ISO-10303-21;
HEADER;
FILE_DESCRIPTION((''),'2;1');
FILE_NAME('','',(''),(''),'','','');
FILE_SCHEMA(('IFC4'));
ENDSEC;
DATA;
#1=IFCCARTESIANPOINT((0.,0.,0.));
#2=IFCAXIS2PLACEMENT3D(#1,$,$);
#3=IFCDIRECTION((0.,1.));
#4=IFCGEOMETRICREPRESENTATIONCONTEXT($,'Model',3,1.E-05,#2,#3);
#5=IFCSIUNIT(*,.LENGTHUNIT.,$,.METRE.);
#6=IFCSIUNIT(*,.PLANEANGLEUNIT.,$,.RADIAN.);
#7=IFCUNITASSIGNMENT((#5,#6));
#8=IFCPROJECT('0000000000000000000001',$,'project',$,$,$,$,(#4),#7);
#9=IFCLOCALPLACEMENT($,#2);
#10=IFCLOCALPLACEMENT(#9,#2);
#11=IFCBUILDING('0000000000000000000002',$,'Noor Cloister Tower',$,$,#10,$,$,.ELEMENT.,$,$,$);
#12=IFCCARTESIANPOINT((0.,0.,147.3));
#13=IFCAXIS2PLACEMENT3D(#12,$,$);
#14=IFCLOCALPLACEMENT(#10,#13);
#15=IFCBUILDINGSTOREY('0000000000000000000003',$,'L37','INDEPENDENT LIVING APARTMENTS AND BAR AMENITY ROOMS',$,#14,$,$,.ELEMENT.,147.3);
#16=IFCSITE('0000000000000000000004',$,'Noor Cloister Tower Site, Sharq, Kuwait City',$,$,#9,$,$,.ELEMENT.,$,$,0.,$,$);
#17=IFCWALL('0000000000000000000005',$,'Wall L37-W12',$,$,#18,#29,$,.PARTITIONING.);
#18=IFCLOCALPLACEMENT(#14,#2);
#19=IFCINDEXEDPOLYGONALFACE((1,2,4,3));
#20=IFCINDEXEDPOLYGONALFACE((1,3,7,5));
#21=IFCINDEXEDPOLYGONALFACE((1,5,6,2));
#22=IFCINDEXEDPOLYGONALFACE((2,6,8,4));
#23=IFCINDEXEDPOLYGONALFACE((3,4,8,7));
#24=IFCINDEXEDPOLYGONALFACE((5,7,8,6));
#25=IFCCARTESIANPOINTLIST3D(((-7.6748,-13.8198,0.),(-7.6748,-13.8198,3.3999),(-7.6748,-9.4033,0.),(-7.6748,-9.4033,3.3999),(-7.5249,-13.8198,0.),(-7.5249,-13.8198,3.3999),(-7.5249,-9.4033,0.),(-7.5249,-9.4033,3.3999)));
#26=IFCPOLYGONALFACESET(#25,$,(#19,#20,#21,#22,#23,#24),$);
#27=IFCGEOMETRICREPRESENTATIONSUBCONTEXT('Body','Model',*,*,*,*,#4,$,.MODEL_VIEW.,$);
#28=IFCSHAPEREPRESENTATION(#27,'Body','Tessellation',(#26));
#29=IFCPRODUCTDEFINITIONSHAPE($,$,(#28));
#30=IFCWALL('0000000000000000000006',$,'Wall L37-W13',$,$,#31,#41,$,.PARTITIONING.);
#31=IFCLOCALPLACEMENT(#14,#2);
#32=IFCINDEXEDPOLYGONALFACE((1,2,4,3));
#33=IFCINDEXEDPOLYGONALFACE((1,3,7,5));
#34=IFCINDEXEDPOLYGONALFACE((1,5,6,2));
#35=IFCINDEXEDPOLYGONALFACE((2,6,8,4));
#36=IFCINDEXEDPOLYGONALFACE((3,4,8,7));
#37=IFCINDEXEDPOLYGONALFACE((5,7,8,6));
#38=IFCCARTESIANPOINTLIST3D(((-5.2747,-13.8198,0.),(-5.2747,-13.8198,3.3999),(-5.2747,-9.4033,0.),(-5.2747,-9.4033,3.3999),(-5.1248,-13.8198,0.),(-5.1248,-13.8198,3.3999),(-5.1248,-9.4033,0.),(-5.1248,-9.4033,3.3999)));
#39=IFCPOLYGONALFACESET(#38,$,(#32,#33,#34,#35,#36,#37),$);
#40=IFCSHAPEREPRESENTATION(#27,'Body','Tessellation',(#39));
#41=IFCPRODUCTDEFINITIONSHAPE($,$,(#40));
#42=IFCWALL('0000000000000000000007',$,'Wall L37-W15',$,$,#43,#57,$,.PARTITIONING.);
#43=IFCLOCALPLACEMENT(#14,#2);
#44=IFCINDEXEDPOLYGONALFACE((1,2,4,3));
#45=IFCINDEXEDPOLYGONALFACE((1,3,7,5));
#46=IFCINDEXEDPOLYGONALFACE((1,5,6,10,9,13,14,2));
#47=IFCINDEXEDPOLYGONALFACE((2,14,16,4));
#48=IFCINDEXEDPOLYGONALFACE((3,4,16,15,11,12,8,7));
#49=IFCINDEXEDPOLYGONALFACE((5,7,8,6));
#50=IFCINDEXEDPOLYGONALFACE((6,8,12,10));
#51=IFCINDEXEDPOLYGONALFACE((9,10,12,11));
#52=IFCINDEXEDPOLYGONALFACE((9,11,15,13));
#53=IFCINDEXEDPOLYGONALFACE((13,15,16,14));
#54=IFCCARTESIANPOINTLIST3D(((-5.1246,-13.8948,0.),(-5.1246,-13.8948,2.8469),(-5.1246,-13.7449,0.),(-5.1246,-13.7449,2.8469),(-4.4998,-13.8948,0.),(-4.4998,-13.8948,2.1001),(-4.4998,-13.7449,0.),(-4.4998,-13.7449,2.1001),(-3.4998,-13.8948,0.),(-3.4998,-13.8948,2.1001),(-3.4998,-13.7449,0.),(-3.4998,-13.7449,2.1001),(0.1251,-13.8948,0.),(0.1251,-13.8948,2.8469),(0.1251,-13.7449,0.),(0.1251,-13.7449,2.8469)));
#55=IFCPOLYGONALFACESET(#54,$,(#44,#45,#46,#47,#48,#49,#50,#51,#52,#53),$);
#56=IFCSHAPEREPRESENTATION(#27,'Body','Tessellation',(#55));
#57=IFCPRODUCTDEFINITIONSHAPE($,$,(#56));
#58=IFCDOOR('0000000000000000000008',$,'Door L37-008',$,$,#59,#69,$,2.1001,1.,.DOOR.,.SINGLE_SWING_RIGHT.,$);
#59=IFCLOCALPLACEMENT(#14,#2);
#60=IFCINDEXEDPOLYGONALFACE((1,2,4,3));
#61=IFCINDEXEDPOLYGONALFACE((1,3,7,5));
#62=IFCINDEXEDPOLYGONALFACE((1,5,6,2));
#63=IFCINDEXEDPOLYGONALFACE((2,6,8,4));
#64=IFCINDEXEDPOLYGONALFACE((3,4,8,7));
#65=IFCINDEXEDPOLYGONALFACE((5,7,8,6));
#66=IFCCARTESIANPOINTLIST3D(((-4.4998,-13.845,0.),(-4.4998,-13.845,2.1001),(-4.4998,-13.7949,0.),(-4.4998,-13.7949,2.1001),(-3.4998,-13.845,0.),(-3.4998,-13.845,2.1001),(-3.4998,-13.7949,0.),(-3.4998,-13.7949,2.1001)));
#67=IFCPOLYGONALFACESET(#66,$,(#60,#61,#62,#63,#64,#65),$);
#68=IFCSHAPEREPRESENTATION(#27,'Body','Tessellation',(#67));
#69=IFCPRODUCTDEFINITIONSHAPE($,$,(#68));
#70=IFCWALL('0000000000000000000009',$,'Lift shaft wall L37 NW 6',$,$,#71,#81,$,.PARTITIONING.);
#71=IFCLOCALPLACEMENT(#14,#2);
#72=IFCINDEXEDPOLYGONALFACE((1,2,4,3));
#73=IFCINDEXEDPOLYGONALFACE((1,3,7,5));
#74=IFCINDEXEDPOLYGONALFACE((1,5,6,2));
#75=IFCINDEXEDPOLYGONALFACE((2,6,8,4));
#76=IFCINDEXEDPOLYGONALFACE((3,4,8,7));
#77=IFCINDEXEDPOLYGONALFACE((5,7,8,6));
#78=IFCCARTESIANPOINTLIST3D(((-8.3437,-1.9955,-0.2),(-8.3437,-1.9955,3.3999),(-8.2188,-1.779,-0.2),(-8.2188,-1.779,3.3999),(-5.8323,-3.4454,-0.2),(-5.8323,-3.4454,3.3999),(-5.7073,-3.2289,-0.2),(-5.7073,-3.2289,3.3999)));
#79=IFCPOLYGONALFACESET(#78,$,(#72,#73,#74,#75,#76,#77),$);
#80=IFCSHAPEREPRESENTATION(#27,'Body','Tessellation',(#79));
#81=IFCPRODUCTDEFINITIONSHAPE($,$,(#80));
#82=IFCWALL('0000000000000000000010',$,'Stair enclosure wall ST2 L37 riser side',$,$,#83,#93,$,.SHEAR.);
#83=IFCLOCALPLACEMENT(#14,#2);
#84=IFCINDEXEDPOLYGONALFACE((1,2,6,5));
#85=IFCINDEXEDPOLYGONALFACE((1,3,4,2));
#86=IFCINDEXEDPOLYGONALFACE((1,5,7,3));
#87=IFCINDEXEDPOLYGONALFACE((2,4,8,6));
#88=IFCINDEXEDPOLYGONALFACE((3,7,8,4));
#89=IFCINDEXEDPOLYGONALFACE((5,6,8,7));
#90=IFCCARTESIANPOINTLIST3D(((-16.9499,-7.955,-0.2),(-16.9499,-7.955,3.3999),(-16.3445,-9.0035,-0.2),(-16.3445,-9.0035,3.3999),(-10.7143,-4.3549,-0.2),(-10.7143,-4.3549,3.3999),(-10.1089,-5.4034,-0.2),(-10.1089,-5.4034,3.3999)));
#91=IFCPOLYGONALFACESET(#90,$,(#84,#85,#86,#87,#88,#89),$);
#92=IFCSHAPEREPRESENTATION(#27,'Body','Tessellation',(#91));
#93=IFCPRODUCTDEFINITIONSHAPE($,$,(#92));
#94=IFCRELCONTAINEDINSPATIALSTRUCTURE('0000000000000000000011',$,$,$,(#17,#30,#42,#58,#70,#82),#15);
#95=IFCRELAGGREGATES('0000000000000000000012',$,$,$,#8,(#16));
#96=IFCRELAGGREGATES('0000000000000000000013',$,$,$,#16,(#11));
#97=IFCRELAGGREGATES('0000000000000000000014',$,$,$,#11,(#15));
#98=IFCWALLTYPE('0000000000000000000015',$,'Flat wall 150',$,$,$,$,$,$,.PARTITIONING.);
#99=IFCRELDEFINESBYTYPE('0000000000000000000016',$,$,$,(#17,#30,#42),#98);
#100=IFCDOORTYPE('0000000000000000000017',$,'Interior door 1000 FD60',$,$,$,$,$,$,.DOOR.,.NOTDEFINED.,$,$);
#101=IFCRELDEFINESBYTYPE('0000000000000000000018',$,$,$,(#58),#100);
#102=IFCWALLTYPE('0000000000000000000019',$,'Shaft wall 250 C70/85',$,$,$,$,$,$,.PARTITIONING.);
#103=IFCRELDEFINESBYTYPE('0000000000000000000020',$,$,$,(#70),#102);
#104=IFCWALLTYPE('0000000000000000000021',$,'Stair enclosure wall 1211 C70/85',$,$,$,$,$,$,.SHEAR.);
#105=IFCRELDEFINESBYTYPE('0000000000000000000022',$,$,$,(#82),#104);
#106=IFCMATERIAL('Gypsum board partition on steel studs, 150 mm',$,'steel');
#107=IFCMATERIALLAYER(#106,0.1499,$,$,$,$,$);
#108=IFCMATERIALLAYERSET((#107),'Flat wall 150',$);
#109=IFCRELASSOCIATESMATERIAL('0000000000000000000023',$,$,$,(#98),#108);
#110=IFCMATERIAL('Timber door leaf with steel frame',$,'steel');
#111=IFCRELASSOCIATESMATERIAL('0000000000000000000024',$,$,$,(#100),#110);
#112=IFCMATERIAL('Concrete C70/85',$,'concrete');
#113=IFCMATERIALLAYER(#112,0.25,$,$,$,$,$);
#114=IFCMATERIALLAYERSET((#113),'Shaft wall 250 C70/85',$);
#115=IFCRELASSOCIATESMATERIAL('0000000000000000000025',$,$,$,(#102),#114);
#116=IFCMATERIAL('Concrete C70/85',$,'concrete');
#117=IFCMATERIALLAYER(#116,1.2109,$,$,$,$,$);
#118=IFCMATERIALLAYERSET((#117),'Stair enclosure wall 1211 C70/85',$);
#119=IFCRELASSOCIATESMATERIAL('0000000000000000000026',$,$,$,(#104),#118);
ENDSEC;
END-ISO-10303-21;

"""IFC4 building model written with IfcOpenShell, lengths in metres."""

from ifc_helpers import new_model, si_unit, direction, frame, frame_2d, origin, place, context, subcontext, project, spatial, rectangle, extrude, material, layer, layer_set, type_object, element, fill, save


model = new_model("IFC4")

# Units and contexts
model_context = context("Model", 3, precision=1e-05, world=origin(), true_north=direction((0.0, 1.0)))
body_context = subcontext(model_context, "Body", "Model", "MODEL_VIEW")
ifc_project = project(units=[si_unit("LENGTHUNIT", "METRE"), si_unit("PLANEANGLEUNIT", "RADIAN")], contexts=[model_context])

# Site, building, storey
site_placement = place(None, origin())
site = spatial("IfcSite", under=ifc_project, at=site_placement, Name="Noor Cloister Tower Site, Sharq, Kuwait City", CompositionType="ELEMENT", RefElevation=0.0)
building_placement = place(site_placement, origin())
building = spatial("IfcBuilding", under=site, at=building_placement, Name="Noor Cloister Tower", CompositionType="ELEMENT")
storey_placement = place(building_placement, frame((0.0, 0.0, 147.3)))
storey = spatial("IfcBuildingStorey", under=building, at=storey_placement, Name="L37", Description="INDEPENDENT LIVING APARTMENTS AND BAR AMENITY ROOMS", CompositionType="ELEMENT", Elevation=147.3)

# Shared definitions
ifc_material_1 = material(Name="Gypsum board partition on steel studs, 150 mm", Category="steel")
ifc_layer_1 = layer(ifc_material_1, 0.1499)
ifc_layer_set_1 = layer_set([ifc_layer_1], Name="Flat wall 150")
wall_type_1 = type_object("IfcWallType", Name="Flat wall 150", PredefinedType="PARTITIONING", material=ifc_layer_set_1)
ifc_material_2 = material(Name="Timber door leaf with steel frame", Category="steel")
door_type_1 = type_object("IfcDoorType", Name="Interior door 1000 FD60", OperationType="NOTDEFINED", PredefinedType="DOOR", material=ifc_material_2)

# Walls
for number, where, z_axis, x_axis, name in (
    (1, (-7.5999, -9.4033, 0.0), (0.0, 0.0, 1.0), (0.0, -1.0, 0.0), "Wall L37-W12"),
    (2, (-5.1997, -9.4033, 0.0), (0.0, 0.0, 1.0), (0.0, -1.0, 0.0), "Wall L37-W13"),
):
    element("IfcWall", number, at=place(storey_placement, frame(where, z_axis=z_axis, x_axis=x_axis)), inside=storey, type_object=wall_type_1, Name=name, PredefinedType="PARTITIONING", context=body_context, shape_type="SweptSolid", body=[
        extrude(rectangle(XDim=4.4165, YDim=0.1499, at=frame_2d((2.2083, 0.0))), origin(), (0.0, 0.0, 1.0), 3.3999),
    ])

# Wall, opening, door
wall_1_placement = place(storey_placement, frame((-5.1248, -13.8198, 0.0), z_axis=(0.0, 0.0, 1.0), x_axis=(1.0, 0.0, 0.0)))
wall_1 = element("IfcWall", 3, at=wall_1_placement, inside=storey, type_object=wall_type_1, Name="Wall L37-W15", PredefinedType="PARTITIONING", context=body_context, shape_type="SweptSolid", body=[
    extrude(rectangle(XDim=5.2498, YDim=0.1499, at=frame_2d((2.625, 0.0))), origin(), (0.0, 0.0, 1.0), 2.8469),
])
opening_1_placement = place(wall_1_placement, frame((0.625, 0.0, 0.0)))
opening_1 = element("IfcOpeningElement", 4, at=opening_1_placement, cuts=wall_1, PredefinedType="OPENING", context=body_context, shape_type="SweptSolid", body=[
    extrude(rectangle(XDim=1.0, YDim=2.1001, at=frame_2d((0.5, 1.05))), frame((0.0, 0.085, 0.0), z_axis=(0.0, -1.0, 0.0), x_axis=(1.0, 0.0, 0.0)), (0.0, 0.0, 1.0), 0.1699),
])
door_1_placement = place(opening_1_placement, origin())
door_1 = element("IfcDoor", 5, at=door_1_placement, inside=storey, type_object=door_type_1, Name="Door L37-008", OperationType="SINGLE_SWING_RIGHT", OverallHeight=2.1001, OverallWidth=1.0, PredefinedType="DOOR", context=body_context, shape_type="SweptSolid", body=[
    extrude(rectangle(XDim=1.0, YDim=2.1001, at=frame_2d((0.5, 1.05))), frame((0.0, 0.0249, 0.0), z_axis=(0.0, -1.0, 0.0), x_axis=(1.0, 0.0, 0.0)), (0.0, 0.0, 1.0), 0.05),
])
fill(opening_1, door_1)

# Walls
ifc_material_3 = material(Name="Concrete C70/85", Category="concrete")
ifc_layer_2 = layer(ifc_material_3, 0.25)
ifc_layer_set_2 = layer_set([ifc_layer_2], Name="Shaft wall 250 C70/85")
wall_type_2 = type_object("IfcWallType", Name="Shaft wall 250 C70/85", PredefinedType="PARTITIONING", material=ifc_layer_set_2)
wall_2_placement = place(storey_placement, frame((-8.2812, -1.8872, -0.2), z_axis=(0.0, 0.0, 1.0), x_axis=(0.866033, -0.499987, 0.0)))
element("IfcWall", 6, at=wall_2_placement, inside=storey, type_object=wall_type_2, Name="Lift shaft wall L37 NW 6", PredefinedType="PARTITIONING", context=body_context, shape_type="SweptSolid", body=[
    extrude(rectangle(XDim=2.8999, YDim=0.25, at=frame_2d((1.45, 0.0))), origin(), (0.0, 0.0, 1.0), 3.5999),
])
ifc_material_4 = material(Name="Concrete C70/85", Category="concrete")
ifc_layer_3 = layer(ifc_material_4, 1.2109)
ifc_layer_set_3 = layer_set([ifc_layer_3], Name="Stair enclosure wall 1211 C70/85")
wall_type_3 = type_object("IfcWallType", Name="Stair enclosure wall 1211 C70/85", PredefinedType="SHEAR", material=ifc_layer_set_3)
wall_3_placement = place(storey_placement, frame((-10.4116, -4.8792, -0.2), z_axis=(0.0, 0.0, 1.0), x_axis=(-0.866027, -0.499997, 0.0)))
element("IfcWall", 7, at=wall_3_placement, inside=storey, type_object=wall_type_3, Name="Stair enclosure wall ST2 L37 riser side", PredefinedType="SHEAR", context=body_context, shape_type="SweptSolid", body=[
    extrude(rectangle(XDim=7.2002, YDim=1.2107, at=frame_2d((3.6001, 0.0))), origin(), (0.0, 0.0, 1.0), 3.5999),
])

save(model, "model.ifc")
